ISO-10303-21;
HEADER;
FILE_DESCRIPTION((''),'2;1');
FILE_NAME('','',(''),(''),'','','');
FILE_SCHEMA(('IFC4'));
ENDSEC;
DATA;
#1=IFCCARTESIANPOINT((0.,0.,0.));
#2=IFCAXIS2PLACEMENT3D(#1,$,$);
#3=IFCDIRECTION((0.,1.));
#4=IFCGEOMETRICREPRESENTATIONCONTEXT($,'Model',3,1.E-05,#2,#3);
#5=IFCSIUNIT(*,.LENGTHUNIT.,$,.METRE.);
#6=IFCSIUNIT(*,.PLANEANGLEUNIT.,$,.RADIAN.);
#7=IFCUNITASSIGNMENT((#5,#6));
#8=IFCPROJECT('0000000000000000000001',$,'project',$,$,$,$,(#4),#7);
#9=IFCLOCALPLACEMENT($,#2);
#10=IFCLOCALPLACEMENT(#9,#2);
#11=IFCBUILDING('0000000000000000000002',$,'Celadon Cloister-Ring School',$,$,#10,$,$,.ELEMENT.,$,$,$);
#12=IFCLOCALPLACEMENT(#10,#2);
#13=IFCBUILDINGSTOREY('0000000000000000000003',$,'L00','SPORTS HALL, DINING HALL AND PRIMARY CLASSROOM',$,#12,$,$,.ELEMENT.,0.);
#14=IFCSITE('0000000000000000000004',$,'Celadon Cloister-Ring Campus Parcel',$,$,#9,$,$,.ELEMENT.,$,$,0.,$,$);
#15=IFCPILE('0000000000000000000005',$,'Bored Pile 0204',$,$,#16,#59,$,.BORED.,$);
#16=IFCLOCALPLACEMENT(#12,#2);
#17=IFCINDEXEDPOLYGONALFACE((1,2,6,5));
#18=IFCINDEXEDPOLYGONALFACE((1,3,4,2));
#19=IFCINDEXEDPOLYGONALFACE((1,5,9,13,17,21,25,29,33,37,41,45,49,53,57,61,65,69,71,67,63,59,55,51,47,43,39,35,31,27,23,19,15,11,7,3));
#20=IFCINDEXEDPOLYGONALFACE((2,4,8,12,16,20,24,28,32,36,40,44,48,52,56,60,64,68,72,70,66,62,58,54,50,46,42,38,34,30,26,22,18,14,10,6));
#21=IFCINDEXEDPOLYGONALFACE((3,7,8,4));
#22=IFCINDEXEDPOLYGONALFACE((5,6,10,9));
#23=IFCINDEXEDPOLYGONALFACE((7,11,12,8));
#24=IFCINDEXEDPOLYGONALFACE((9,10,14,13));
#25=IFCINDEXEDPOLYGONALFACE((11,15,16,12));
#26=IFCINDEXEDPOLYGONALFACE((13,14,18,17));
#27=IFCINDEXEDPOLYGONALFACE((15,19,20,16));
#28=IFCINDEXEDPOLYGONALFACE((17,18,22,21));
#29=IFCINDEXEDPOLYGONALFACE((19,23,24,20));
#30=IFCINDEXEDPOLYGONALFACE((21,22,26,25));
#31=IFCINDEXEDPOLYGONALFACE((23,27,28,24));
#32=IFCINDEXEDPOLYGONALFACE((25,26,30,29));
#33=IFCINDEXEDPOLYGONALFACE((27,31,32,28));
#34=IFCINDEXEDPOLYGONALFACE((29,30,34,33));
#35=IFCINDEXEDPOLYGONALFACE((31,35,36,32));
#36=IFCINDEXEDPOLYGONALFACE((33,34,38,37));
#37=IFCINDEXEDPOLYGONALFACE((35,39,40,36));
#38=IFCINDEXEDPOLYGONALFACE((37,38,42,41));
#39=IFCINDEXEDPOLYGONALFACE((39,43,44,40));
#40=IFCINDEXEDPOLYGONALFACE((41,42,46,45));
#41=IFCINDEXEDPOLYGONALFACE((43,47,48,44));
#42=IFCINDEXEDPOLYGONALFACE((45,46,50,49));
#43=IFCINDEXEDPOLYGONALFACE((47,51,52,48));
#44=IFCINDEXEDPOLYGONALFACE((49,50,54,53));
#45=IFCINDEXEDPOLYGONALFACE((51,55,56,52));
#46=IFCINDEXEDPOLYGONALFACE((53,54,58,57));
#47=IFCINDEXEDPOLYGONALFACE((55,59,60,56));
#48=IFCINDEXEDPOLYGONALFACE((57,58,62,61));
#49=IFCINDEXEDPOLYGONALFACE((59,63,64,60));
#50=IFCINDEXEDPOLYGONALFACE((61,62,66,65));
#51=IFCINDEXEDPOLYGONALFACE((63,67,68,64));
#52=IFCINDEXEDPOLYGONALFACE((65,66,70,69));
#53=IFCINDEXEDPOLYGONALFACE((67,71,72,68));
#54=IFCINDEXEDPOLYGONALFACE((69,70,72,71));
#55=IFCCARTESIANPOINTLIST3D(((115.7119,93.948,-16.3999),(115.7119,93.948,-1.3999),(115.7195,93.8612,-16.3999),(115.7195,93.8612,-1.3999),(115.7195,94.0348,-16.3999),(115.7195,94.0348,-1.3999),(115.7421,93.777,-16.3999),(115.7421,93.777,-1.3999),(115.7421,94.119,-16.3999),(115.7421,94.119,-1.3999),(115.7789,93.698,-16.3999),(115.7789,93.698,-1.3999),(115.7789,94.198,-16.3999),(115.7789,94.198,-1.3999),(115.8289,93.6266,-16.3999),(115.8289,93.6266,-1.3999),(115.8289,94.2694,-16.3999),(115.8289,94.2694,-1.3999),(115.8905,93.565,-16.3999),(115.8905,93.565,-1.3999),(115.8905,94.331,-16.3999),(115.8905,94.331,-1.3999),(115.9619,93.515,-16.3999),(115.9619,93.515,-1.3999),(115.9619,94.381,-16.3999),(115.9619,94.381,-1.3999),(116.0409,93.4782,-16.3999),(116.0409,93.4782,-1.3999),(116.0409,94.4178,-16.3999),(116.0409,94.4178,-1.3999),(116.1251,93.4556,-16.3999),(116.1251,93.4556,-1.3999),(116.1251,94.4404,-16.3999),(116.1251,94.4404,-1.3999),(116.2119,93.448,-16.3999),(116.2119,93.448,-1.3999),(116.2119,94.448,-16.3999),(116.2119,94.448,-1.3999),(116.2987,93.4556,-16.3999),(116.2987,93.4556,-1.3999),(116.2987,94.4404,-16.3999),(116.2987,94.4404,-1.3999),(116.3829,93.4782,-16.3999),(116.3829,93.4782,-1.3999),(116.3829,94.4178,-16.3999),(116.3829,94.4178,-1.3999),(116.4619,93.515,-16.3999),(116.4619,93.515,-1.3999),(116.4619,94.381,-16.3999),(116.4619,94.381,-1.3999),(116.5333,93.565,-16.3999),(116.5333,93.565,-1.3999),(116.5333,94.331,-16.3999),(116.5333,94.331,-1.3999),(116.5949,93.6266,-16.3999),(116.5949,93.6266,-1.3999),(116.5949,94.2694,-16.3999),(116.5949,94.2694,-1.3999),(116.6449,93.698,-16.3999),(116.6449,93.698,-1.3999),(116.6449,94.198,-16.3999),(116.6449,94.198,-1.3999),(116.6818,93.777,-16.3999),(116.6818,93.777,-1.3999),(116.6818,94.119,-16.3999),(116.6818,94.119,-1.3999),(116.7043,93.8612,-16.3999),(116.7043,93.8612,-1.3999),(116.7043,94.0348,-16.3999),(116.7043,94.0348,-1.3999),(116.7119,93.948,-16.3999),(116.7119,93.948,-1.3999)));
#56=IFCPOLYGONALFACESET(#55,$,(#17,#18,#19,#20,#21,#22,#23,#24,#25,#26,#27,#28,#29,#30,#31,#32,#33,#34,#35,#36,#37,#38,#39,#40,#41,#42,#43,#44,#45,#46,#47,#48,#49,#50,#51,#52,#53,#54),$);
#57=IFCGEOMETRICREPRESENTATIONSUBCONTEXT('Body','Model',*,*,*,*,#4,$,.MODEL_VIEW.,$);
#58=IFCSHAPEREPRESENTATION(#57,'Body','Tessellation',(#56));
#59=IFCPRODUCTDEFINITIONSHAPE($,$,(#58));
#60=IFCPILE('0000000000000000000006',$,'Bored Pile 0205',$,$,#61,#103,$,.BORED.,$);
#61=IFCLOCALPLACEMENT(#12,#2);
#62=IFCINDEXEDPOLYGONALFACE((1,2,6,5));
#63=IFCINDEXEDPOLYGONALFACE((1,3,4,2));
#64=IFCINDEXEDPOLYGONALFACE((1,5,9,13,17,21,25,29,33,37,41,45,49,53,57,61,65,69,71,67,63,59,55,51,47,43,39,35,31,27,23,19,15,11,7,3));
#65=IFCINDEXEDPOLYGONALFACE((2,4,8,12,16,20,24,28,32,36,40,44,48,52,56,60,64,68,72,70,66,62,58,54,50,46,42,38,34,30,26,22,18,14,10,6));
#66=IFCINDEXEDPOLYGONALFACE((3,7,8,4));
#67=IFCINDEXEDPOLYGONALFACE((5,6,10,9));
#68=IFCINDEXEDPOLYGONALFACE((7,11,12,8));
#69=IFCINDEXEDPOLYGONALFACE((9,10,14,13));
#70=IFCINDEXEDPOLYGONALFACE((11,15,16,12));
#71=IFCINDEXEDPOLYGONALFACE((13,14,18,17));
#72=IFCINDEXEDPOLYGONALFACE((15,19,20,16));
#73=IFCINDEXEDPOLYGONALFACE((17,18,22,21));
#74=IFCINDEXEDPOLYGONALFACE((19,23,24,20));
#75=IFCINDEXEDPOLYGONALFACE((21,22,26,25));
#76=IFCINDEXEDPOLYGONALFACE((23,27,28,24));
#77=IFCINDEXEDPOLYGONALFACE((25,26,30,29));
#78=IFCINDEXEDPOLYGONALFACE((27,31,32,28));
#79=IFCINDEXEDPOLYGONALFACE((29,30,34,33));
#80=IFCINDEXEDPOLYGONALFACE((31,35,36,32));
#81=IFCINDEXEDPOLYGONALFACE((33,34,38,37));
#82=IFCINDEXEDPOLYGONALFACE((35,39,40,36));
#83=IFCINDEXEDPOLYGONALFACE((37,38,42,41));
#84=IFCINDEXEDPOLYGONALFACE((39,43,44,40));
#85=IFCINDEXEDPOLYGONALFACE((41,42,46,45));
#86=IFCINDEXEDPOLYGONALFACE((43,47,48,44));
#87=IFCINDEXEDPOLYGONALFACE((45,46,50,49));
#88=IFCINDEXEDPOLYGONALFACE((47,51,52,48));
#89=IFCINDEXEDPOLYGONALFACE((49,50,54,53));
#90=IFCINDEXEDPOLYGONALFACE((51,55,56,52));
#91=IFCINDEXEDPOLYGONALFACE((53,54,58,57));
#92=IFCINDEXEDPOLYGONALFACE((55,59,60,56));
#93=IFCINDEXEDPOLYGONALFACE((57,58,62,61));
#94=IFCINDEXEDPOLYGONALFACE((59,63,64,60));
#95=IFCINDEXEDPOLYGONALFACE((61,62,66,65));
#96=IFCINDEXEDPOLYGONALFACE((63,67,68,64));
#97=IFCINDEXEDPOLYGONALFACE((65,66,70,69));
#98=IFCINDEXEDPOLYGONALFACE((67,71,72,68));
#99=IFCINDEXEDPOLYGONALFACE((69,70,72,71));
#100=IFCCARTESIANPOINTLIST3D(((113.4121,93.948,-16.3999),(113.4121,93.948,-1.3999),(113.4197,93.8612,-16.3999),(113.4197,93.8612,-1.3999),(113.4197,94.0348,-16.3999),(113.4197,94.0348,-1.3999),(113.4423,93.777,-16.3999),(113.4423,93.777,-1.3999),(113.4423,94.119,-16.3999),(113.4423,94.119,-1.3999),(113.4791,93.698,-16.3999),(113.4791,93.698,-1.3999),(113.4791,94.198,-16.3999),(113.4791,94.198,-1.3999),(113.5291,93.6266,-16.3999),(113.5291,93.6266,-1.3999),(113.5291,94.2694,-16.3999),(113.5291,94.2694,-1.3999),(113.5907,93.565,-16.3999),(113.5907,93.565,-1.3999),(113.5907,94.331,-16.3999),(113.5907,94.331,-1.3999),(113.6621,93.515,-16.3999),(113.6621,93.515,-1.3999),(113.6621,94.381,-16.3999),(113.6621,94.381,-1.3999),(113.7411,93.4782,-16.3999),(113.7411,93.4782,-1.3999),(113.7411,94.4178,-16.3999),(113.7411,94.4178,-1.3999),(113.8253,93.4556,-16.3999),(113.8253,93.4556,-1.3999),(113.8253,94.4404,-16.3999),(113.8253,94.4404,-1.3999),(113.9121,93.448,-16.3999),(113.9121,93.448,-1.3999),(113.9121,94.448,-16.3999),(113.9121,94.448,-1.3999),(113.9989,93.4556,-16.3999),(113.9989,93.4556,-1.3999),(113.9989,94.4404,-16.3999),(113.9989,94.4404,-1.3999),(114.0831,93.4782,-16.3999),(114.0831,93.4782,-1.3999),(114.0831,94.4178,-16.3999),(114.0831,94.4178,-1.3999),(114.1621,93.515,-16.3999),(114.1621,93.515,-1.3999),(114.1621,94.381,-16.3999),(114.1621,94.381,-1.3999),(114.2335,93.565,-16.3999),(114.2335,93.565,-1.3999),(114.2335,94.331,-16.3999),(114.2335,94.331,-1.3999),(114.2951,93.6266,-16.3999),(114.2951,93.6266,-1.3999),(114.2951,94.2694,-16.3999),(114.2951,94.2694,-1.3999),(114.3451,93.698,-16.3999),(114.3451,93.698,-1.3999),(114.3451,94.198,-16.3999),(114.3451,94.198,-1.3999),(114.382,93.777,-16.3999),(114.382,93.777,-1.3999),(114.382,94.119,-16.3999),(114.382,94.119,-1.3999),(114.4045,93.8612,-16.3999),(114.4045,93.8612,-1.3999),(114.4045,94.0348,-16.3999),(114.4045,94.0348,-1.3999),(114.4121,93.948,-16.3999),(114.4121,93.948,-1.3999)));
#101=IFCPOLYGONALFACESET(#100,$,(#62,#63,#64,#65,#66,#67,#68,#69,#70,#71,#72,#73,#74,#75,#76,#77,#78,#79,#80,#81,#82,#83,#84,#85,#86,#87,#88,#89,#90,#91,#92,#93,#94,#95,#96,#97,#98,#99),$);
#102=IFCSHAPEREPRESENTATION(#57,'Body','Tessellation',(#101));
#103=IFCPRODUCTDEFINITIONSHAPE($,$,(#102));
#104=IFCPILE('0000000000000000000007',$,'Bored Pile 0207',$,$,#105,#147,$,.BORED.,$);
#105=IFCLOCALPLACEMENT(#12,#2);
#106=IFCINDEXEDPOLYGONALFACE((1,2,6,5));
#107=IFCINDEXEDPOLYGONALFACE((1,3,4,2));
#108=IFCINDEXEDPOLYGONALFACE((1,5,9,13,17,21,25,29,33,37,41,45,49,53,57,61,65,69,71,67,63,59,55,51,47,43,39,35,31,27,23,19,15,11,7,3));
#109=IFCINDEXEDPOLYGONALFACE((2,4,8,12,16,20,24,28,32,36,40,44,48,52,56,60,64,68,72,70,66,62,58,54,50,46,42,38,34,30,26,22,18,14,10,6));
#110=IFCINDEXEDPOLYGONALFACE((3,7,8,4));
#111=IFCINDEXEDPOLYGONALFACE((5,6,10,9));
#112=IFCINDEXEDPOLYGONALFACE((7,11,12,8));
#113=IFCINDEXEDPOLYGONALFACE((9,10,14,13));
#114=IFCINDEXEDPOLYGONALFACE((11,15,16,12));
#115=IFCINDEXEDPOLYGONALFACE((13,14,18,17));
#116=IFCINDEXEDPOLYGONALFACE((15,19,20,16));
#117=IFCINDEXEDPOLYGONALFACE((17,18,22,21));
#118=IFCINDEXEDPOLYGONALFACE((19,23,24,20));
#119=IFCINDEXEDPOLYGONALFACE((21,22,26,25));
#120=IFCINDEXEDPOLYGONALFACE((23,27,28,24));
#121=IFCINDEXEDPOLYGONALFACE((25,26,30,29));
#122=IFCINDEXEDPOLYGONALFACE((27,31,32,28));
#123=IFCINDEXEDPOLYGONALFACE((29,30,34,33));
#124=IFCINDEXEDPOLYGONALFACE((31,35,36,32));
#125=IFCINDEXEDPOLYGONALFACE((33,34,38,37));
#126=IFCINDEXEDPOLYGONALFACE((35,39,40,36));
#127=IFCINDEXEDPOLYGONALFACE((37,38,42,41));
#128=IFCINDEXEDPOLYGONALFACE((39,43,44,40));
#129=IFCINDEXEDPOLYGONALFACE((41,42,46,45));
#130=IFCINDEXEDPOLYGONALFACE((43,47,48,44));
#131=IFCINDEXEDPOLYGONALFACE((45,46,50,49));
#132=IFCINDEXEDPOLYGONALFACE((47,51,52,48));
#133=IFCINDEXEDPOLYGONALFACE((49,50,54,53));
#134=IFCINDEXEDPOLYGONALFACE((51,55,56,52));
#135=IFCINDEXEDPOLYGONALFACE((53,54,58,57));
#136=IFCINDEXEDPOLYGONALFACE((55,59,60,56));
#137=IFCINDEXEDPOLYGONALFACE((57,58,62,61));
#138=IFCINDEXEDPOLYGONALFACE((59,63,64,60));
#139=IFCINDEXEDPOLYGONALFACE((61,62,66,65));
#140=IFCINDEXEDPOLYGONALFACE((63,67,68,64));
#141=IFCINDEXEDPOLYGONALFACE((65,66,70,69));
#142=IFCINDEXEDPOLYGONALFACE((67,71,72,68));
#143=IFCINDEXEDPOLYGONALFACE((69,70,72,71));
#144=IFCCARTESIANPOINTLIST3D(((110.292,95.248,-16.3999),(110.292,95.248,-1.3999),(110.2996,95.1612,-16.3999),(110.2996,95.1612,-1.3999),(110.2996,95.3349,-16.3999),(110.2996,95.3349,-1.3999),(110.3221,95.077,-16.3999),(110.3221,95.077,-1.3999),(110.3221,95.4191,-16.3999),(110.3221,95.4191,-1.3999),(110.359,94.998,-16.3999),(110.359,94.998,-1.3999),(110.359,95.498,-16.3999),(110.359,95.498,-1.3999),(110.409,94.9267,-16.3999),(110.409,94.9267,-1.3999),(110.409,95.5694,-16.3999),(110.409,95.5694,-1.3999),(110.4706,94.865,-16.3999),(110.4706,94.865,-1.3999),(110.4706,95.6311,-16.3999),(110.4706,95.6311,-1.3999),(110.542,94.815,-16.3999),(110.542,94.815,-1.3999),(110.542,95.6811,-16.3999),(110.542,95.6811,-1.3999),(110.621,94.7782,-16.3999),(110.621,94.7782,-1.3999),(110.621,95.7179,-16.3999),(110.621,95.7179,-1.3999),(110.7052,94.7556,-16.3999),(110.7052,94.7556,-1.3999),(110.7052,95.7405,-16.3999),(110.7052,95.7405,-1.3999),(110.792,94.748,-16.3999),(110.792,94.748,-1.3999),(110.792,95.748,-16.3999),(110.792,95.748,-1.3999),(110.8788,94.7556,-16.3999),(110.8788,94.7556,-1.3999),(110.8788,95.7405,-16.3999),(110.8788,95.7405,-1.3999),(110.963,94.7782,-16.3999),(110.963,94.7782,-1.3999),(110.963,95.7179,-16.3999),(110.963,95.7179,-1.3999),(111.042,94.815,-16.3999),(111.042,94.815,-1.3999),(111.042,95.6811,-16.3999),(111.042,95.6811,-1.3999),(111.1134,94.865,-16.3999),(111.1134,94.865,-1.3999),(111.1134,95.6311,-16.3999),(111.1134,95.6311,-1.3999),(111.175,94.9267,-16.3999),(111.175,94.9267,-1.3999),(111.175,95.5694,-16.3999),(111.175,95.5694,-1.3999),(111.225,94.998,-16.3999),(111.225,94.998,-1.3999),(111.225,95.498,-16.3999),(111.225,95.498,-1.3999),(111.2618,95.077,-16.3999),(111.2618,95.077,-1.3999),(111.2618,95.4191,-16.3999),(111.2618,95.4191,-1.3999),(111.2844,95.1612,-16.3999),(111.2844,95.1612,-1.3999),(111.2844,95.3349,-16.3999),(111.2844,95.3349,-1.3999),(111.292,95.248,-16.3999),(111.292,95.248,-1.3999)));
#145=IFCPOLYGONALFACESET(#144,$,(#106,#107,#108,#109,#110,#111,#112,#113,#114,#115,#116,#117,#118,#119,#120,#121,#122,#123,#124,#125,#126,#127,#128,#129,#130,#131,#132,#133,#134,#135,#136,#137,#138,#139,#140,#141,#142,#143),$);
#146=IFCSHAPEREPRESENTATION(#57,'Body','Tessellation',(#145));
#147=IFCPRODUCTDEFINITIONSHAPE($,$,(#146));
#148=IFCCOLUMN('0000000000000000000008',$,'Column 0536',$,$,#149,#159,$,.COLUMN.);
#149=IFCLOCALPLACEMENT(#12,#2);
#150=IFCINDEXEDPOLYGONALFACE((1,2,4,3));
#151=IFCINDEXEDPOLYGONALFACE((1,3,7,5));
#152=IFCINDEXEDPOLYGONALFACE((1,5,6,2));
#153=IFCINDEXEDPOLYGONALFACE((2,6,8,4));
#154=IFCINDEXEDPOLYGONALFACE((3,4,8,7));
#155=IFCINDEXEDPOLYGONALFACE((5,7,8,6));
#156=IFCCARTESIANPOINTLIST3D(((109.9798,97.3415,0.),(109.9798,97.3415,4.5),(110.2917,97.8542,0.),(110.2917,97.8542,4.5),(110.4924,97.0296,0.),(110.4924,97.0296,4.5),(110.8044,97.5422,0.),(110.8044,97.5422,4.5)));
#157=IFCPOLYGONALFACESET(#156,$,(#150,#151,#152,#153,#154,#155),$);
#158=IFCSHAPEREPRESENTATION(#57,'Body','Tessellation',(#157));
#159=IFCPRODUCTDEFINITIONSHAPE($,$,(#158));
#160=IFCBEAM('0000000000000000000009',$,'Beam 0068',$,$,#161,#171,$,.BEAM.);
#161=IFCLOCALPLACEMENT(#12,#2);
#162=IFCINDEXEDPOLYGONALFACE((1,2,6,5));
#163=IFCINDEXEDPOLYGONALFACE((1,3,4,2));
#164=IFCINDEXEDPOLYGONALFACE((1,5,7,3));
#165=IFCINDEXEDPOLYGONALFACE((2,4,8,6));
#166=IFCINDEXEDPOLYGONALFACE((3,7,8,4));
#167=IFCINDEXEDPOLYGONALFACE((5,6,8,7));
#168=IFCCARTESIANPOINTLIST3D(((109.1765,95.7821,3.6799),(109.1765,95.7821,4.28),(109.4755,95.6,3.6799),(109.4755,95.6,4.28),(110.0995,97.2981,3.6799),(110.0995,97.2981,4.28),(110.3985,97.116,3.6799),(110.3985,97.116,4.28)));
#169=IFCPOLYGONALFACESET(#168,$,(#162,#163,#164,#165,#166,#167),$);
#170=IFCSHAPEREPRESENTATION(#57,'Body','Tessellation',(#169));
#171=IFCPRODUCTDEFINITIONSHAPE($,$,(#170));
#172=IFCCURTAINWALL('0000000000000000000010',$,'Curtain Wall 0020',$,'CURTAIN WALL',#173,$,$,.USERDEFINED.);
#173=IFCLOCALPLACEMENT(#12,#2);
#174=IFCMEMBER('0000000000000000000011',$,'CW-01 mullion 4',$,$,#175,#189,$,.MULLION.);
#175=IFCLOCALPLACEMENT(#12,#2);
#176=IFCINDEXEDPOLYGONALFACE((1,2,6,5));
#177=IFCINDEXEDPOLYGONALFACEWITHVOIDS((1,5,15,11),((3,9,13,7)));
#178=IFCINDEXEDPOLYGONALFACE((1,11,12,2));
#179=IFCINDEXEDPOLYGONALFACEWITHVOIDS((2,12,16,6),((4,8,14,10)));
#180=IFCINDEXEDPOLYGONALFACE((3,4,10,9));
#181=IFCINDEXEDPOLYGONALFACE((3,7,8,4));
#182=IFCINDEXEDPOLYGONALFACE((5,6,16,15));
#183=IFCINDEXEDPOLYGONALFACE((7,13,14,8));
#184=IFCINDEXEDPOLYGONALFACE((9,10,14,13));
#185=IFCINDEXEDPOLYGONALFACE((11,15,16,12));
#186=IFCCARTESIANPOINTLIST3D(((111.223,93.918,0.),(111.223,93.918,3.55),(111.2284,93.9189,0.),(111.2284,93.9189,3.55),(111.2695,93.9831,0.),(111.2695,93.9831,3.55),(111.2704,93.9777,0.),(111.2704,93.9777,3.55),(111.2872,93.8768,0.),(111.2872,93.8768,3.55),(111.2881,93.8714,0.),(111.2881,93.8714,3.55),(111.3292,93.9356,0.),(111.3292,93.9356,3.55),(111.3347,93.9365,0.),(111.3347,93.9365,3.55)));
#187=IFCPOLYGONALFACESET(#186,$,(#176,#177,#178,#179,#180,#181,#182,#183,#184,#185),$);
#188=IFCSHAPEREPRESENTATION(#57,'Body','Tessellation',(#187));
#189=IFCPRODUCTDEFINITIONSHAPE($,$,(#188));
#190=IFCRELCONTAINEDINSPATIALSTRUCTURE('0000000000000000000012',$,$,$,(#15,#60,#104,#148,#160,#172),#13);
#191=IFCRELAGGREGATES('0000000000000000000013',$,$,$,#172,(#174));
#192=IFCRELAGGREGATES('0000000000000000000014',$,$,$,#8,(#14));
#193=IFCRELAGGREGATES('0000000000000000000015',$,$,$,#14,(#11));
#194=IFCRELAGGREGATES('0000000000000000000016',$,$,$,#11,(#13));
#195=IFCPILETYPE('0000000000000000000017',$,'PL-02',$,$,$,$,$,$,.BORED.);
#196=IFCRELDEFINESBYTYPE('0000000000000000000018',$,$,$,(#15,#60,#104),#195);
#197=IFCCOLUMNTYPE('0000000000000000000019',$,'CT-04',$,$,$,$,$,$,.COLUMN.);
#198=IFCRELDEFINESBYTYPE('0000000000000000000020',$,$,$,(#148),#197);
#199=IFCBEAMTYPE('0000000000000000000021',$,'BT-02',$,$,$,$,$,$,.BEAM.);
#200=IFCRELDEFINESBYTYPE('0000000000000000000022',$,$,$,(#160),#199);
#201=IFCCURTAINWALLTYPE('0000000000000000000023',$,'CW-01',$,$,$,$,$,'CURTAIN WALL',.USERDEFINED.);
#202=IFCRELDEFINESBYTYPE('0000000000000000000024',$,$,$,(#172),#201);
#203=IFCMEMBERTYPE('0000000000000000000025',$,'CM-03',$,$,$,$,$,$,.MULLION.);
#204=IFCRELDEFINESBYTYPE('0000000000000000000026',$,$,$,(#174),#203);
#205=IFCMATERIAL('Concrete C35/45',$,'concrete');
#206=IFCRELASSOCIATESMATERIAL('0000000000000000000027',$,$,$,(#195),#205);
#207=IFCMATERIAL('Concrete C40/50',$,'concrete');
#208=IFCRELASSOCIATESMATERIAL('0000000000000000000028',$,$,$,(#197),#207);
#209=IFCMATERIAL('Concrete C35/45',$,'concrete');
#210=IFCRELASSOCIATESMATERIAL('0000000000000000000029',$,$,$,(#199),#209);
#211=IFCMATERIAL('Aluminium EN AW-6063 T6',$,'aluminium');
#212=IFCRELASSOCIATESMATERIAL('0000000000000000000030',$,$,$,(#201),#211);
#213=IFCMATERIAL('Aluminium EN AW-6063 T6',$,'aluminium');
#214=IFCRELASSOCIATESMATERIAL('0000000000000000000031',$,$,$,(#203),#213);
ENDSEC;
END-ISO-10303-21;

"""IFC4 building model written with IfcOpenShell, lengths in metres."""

from ifc_helpers import new_model, si_unit, direction, frame, origin, origin_2d, place, context, subcontext, project, spatial, rectangle, hollow_rectangle, circle, extrude, material, material_profile, profile_set, type_object, element, aggregate, save


model = new_model("IFC4")

# Units and contexts
model_context = context("Model", 3, precision=1e-05, world=origin(), true_north=direction((0.0, 1.0)))
body_context = subcontext(model_context, "Body", "Model", "MODEL_VIEW")
ifc_project = project(units=[si_unit("LENGTHUNIT", "METRE"), si_unit("PLANEANGLEUNIT", "RADIAN")], contexts=[model_context])

# Site, building, storey
site_placement = place(None, origin())
site = spatial("IfcSite", under=ifc_project, at=site_placement, Name="Celadon Cloister-Ring Campus Parcel", CompositionType="ELEMENT", RefElevation=0.0)
building_placement = place(site_placement, origin())
building = spatial("IfcBuilding", under=site, at=building_placement, Name="Celadon Cloister-Ring School", CompositionType="ELEMENT")
storey_placement = place(building_placement, origin())
storey = spatial("IfcBuildingStorey", under=building, at=storey_placement, Name="L00", Description="SPORTS HALL, DINING HALL AND PRIMARY CLASSROOM", CompositionType="ELEMENT", Elevation=0.0)

# Piles
ifc_material_1 = material(Name="Concrete C35/45", Category="concrete")
ifc_material_profile_1 = material_profile(ifc_material_1, circle(Radius=0.5, at=origin_2d()), Name="PILE1000")
ifc_profile_set_1 = profile_set([ifc_material_profile_1], Name="Concrete C35/45")
pile_type = type_object("IfcPileType", Name="PL-02", PredefinedType="BORED", material=ifc_profile_set_1)
for number, where, z_axis, x_axis, name in (
    (1, (116.2119, 93.948, -1.3999), (0.0, 0.0, -1.0), (1.0, 0.0, 0.0), "Bored Pile 0204"),
    (2, (113.9121, 93.948, -1.3999), (0.0, 0.0, -1.0), (1.0, 0.0, 0.0), "Bored Pile 0205"),
    (3, (110.792, 95.248, -1.3999), (0.0, 0.0, -1.0), (1.0, 0.0, 0.0), "Bored Pile 0207"),
):
    element("IfcPile", number, at=place(storey_placement, frame(where, z_axis=z_axis, x_axis=x_axis)), inside=storey, type_object=pile_type, Name=name, PredefinedType="BORED", context=body_context, shape_type="SweptSolid", body=[
        extrude(circle(Radius=0.5, at=origin_2d()), origin(), (0.0, 0.0, 1.0), 15.0),
    ])

# Column
ifc_material_2 = material(Name="Concrete C40/50", Category="concrete")
ifc_material_profile_2 = material_profile(ifc_material_2, rectangle(XDim=0.6001, YDim=0.6001, at=origin_2d()), Name="RC600X600")
ifc_profile_set_2 = profile_set([ifc_material_profile_2], Name="Concrete C40/50")
column_type = type_object("IfcColumnType", Name="CT-04", PredefinedType="COLUMN", material=ifc_profile_set_2)
column_placement = place(storey_placement, frame((110.3921, 97.4419, 0.0), z_axis=(0.0, 0.0, 1.0), x_axis=(0.519817, 0.854277, 0.0)))
element("IfcColumn", 4, at=column_placement, inside=storey, type_object=column_type, Name="Column 0536", PredefinedType="COLUMN", context=body_context, shape_type="SweptSolid", body=[
    extrude(rectangle(XDim=0.6001, YDim=0.6001, at=origin_2d()), origin(), (0.0, 0.0, 1.0), 4.5),
])

# Beam
ifc_material_3 = material(Name="Concrete C35/45", Category="concrete")
ifc_material_profile_3 = material_profile(ifc_material_3, rectangle(XDim=0.3501, YDim=0.6001, at=origin_2d()), Name="RC350X600")
ifc_profile_set_3 = profile_set([ifc_material_profile_3], Name="Concrete C35/45")
beam_type_1 = type_object("IfcBeamType", Name="BT-02", PredefinedType="BEAM", material=ifc_profile_set_3)
beam_1_placement = place(storey_placement, frame((110.249, 97.207, 3.98), z_axis=(-0.520047, -0.854137, 0.0), x_axis=(0.854137, -0.520047, 0.0)))
element("IfcBeam", 5, at=beam_1_placement, inside=storey, type_object=beam_type_1, Name="Beam 0068", PredefinedType="BEAM", context=body_context, shape_type="SweptSolid", body=[
    extrude(rectangle(XDim=0.3501, YDim=0.6001, at=origin_2d()), origin(), (0.0, 0.0, 1.0), 1.7749),
])

# Curtain wall, member
ifc_material_4 = material(Name="Aluminium EN AW-6063 T6", Category="aluminium")
curtain_wall_type = type_object("IfcCurtainWallType", Name="CW-01", ElementType="CURTAIN WALL", PredefinedType="USERDEFINED", material=ifc_material_4)
curtain_wall_placement = place(storey_placement, origin())
curtain_wall = element("IfcCurtainWall", 6, at=curtain_wall_placement, inside=storey, type_object=curtain_wall_type, Name="Curtain Wall 0020", ObjectType="CURTAIN WALL", PredefinedType="USERDEFINED")
ifc_material_5 = material(Name="Aluminium EN AW-6063 T6", Category="aluminium")
ifc_material_profile_4 = material_profile(ifc_material_5, hollow_rectangle(XDim=0.0801, YDim=0.0801, WallThickness=0.0039, at=origin_2d()), Name="RHS80X80X4")
ifc_profile_set_4 = profile_set([ifc_material_profile_4], Name="Aluminium EN AW-6063 T6")
member_type_1 = type_object("IfcMemberType", Name="CM-03", PredefinedType="MULLION", material=ifc_profile_set_4)
member_1_placement = place(storey_placement, frame((111.2788, 93.9272, 0.0), z_axis=(0.0, 0.0, 1.0), x_axis=(-0.581555, -0.813507, 0.0)))
member_1 = element("IfcMember", 7, at=member_1_placement, type_object=member_type_1, Name="CW-01 mullion 4", PredefinedType="MULLION", context=body_context, shape_type="SweptSolid", body=[
    extrude(hollow_rectangle(XDim=0.0801, YDim=0.0801, WallThickness=0.0039, at=origin_2d()), origin(), (0.0, 0.0, 1.0), 3.55),
])

aggregate(curtain_wall, [member_1])

save(model, "model.ifc")
